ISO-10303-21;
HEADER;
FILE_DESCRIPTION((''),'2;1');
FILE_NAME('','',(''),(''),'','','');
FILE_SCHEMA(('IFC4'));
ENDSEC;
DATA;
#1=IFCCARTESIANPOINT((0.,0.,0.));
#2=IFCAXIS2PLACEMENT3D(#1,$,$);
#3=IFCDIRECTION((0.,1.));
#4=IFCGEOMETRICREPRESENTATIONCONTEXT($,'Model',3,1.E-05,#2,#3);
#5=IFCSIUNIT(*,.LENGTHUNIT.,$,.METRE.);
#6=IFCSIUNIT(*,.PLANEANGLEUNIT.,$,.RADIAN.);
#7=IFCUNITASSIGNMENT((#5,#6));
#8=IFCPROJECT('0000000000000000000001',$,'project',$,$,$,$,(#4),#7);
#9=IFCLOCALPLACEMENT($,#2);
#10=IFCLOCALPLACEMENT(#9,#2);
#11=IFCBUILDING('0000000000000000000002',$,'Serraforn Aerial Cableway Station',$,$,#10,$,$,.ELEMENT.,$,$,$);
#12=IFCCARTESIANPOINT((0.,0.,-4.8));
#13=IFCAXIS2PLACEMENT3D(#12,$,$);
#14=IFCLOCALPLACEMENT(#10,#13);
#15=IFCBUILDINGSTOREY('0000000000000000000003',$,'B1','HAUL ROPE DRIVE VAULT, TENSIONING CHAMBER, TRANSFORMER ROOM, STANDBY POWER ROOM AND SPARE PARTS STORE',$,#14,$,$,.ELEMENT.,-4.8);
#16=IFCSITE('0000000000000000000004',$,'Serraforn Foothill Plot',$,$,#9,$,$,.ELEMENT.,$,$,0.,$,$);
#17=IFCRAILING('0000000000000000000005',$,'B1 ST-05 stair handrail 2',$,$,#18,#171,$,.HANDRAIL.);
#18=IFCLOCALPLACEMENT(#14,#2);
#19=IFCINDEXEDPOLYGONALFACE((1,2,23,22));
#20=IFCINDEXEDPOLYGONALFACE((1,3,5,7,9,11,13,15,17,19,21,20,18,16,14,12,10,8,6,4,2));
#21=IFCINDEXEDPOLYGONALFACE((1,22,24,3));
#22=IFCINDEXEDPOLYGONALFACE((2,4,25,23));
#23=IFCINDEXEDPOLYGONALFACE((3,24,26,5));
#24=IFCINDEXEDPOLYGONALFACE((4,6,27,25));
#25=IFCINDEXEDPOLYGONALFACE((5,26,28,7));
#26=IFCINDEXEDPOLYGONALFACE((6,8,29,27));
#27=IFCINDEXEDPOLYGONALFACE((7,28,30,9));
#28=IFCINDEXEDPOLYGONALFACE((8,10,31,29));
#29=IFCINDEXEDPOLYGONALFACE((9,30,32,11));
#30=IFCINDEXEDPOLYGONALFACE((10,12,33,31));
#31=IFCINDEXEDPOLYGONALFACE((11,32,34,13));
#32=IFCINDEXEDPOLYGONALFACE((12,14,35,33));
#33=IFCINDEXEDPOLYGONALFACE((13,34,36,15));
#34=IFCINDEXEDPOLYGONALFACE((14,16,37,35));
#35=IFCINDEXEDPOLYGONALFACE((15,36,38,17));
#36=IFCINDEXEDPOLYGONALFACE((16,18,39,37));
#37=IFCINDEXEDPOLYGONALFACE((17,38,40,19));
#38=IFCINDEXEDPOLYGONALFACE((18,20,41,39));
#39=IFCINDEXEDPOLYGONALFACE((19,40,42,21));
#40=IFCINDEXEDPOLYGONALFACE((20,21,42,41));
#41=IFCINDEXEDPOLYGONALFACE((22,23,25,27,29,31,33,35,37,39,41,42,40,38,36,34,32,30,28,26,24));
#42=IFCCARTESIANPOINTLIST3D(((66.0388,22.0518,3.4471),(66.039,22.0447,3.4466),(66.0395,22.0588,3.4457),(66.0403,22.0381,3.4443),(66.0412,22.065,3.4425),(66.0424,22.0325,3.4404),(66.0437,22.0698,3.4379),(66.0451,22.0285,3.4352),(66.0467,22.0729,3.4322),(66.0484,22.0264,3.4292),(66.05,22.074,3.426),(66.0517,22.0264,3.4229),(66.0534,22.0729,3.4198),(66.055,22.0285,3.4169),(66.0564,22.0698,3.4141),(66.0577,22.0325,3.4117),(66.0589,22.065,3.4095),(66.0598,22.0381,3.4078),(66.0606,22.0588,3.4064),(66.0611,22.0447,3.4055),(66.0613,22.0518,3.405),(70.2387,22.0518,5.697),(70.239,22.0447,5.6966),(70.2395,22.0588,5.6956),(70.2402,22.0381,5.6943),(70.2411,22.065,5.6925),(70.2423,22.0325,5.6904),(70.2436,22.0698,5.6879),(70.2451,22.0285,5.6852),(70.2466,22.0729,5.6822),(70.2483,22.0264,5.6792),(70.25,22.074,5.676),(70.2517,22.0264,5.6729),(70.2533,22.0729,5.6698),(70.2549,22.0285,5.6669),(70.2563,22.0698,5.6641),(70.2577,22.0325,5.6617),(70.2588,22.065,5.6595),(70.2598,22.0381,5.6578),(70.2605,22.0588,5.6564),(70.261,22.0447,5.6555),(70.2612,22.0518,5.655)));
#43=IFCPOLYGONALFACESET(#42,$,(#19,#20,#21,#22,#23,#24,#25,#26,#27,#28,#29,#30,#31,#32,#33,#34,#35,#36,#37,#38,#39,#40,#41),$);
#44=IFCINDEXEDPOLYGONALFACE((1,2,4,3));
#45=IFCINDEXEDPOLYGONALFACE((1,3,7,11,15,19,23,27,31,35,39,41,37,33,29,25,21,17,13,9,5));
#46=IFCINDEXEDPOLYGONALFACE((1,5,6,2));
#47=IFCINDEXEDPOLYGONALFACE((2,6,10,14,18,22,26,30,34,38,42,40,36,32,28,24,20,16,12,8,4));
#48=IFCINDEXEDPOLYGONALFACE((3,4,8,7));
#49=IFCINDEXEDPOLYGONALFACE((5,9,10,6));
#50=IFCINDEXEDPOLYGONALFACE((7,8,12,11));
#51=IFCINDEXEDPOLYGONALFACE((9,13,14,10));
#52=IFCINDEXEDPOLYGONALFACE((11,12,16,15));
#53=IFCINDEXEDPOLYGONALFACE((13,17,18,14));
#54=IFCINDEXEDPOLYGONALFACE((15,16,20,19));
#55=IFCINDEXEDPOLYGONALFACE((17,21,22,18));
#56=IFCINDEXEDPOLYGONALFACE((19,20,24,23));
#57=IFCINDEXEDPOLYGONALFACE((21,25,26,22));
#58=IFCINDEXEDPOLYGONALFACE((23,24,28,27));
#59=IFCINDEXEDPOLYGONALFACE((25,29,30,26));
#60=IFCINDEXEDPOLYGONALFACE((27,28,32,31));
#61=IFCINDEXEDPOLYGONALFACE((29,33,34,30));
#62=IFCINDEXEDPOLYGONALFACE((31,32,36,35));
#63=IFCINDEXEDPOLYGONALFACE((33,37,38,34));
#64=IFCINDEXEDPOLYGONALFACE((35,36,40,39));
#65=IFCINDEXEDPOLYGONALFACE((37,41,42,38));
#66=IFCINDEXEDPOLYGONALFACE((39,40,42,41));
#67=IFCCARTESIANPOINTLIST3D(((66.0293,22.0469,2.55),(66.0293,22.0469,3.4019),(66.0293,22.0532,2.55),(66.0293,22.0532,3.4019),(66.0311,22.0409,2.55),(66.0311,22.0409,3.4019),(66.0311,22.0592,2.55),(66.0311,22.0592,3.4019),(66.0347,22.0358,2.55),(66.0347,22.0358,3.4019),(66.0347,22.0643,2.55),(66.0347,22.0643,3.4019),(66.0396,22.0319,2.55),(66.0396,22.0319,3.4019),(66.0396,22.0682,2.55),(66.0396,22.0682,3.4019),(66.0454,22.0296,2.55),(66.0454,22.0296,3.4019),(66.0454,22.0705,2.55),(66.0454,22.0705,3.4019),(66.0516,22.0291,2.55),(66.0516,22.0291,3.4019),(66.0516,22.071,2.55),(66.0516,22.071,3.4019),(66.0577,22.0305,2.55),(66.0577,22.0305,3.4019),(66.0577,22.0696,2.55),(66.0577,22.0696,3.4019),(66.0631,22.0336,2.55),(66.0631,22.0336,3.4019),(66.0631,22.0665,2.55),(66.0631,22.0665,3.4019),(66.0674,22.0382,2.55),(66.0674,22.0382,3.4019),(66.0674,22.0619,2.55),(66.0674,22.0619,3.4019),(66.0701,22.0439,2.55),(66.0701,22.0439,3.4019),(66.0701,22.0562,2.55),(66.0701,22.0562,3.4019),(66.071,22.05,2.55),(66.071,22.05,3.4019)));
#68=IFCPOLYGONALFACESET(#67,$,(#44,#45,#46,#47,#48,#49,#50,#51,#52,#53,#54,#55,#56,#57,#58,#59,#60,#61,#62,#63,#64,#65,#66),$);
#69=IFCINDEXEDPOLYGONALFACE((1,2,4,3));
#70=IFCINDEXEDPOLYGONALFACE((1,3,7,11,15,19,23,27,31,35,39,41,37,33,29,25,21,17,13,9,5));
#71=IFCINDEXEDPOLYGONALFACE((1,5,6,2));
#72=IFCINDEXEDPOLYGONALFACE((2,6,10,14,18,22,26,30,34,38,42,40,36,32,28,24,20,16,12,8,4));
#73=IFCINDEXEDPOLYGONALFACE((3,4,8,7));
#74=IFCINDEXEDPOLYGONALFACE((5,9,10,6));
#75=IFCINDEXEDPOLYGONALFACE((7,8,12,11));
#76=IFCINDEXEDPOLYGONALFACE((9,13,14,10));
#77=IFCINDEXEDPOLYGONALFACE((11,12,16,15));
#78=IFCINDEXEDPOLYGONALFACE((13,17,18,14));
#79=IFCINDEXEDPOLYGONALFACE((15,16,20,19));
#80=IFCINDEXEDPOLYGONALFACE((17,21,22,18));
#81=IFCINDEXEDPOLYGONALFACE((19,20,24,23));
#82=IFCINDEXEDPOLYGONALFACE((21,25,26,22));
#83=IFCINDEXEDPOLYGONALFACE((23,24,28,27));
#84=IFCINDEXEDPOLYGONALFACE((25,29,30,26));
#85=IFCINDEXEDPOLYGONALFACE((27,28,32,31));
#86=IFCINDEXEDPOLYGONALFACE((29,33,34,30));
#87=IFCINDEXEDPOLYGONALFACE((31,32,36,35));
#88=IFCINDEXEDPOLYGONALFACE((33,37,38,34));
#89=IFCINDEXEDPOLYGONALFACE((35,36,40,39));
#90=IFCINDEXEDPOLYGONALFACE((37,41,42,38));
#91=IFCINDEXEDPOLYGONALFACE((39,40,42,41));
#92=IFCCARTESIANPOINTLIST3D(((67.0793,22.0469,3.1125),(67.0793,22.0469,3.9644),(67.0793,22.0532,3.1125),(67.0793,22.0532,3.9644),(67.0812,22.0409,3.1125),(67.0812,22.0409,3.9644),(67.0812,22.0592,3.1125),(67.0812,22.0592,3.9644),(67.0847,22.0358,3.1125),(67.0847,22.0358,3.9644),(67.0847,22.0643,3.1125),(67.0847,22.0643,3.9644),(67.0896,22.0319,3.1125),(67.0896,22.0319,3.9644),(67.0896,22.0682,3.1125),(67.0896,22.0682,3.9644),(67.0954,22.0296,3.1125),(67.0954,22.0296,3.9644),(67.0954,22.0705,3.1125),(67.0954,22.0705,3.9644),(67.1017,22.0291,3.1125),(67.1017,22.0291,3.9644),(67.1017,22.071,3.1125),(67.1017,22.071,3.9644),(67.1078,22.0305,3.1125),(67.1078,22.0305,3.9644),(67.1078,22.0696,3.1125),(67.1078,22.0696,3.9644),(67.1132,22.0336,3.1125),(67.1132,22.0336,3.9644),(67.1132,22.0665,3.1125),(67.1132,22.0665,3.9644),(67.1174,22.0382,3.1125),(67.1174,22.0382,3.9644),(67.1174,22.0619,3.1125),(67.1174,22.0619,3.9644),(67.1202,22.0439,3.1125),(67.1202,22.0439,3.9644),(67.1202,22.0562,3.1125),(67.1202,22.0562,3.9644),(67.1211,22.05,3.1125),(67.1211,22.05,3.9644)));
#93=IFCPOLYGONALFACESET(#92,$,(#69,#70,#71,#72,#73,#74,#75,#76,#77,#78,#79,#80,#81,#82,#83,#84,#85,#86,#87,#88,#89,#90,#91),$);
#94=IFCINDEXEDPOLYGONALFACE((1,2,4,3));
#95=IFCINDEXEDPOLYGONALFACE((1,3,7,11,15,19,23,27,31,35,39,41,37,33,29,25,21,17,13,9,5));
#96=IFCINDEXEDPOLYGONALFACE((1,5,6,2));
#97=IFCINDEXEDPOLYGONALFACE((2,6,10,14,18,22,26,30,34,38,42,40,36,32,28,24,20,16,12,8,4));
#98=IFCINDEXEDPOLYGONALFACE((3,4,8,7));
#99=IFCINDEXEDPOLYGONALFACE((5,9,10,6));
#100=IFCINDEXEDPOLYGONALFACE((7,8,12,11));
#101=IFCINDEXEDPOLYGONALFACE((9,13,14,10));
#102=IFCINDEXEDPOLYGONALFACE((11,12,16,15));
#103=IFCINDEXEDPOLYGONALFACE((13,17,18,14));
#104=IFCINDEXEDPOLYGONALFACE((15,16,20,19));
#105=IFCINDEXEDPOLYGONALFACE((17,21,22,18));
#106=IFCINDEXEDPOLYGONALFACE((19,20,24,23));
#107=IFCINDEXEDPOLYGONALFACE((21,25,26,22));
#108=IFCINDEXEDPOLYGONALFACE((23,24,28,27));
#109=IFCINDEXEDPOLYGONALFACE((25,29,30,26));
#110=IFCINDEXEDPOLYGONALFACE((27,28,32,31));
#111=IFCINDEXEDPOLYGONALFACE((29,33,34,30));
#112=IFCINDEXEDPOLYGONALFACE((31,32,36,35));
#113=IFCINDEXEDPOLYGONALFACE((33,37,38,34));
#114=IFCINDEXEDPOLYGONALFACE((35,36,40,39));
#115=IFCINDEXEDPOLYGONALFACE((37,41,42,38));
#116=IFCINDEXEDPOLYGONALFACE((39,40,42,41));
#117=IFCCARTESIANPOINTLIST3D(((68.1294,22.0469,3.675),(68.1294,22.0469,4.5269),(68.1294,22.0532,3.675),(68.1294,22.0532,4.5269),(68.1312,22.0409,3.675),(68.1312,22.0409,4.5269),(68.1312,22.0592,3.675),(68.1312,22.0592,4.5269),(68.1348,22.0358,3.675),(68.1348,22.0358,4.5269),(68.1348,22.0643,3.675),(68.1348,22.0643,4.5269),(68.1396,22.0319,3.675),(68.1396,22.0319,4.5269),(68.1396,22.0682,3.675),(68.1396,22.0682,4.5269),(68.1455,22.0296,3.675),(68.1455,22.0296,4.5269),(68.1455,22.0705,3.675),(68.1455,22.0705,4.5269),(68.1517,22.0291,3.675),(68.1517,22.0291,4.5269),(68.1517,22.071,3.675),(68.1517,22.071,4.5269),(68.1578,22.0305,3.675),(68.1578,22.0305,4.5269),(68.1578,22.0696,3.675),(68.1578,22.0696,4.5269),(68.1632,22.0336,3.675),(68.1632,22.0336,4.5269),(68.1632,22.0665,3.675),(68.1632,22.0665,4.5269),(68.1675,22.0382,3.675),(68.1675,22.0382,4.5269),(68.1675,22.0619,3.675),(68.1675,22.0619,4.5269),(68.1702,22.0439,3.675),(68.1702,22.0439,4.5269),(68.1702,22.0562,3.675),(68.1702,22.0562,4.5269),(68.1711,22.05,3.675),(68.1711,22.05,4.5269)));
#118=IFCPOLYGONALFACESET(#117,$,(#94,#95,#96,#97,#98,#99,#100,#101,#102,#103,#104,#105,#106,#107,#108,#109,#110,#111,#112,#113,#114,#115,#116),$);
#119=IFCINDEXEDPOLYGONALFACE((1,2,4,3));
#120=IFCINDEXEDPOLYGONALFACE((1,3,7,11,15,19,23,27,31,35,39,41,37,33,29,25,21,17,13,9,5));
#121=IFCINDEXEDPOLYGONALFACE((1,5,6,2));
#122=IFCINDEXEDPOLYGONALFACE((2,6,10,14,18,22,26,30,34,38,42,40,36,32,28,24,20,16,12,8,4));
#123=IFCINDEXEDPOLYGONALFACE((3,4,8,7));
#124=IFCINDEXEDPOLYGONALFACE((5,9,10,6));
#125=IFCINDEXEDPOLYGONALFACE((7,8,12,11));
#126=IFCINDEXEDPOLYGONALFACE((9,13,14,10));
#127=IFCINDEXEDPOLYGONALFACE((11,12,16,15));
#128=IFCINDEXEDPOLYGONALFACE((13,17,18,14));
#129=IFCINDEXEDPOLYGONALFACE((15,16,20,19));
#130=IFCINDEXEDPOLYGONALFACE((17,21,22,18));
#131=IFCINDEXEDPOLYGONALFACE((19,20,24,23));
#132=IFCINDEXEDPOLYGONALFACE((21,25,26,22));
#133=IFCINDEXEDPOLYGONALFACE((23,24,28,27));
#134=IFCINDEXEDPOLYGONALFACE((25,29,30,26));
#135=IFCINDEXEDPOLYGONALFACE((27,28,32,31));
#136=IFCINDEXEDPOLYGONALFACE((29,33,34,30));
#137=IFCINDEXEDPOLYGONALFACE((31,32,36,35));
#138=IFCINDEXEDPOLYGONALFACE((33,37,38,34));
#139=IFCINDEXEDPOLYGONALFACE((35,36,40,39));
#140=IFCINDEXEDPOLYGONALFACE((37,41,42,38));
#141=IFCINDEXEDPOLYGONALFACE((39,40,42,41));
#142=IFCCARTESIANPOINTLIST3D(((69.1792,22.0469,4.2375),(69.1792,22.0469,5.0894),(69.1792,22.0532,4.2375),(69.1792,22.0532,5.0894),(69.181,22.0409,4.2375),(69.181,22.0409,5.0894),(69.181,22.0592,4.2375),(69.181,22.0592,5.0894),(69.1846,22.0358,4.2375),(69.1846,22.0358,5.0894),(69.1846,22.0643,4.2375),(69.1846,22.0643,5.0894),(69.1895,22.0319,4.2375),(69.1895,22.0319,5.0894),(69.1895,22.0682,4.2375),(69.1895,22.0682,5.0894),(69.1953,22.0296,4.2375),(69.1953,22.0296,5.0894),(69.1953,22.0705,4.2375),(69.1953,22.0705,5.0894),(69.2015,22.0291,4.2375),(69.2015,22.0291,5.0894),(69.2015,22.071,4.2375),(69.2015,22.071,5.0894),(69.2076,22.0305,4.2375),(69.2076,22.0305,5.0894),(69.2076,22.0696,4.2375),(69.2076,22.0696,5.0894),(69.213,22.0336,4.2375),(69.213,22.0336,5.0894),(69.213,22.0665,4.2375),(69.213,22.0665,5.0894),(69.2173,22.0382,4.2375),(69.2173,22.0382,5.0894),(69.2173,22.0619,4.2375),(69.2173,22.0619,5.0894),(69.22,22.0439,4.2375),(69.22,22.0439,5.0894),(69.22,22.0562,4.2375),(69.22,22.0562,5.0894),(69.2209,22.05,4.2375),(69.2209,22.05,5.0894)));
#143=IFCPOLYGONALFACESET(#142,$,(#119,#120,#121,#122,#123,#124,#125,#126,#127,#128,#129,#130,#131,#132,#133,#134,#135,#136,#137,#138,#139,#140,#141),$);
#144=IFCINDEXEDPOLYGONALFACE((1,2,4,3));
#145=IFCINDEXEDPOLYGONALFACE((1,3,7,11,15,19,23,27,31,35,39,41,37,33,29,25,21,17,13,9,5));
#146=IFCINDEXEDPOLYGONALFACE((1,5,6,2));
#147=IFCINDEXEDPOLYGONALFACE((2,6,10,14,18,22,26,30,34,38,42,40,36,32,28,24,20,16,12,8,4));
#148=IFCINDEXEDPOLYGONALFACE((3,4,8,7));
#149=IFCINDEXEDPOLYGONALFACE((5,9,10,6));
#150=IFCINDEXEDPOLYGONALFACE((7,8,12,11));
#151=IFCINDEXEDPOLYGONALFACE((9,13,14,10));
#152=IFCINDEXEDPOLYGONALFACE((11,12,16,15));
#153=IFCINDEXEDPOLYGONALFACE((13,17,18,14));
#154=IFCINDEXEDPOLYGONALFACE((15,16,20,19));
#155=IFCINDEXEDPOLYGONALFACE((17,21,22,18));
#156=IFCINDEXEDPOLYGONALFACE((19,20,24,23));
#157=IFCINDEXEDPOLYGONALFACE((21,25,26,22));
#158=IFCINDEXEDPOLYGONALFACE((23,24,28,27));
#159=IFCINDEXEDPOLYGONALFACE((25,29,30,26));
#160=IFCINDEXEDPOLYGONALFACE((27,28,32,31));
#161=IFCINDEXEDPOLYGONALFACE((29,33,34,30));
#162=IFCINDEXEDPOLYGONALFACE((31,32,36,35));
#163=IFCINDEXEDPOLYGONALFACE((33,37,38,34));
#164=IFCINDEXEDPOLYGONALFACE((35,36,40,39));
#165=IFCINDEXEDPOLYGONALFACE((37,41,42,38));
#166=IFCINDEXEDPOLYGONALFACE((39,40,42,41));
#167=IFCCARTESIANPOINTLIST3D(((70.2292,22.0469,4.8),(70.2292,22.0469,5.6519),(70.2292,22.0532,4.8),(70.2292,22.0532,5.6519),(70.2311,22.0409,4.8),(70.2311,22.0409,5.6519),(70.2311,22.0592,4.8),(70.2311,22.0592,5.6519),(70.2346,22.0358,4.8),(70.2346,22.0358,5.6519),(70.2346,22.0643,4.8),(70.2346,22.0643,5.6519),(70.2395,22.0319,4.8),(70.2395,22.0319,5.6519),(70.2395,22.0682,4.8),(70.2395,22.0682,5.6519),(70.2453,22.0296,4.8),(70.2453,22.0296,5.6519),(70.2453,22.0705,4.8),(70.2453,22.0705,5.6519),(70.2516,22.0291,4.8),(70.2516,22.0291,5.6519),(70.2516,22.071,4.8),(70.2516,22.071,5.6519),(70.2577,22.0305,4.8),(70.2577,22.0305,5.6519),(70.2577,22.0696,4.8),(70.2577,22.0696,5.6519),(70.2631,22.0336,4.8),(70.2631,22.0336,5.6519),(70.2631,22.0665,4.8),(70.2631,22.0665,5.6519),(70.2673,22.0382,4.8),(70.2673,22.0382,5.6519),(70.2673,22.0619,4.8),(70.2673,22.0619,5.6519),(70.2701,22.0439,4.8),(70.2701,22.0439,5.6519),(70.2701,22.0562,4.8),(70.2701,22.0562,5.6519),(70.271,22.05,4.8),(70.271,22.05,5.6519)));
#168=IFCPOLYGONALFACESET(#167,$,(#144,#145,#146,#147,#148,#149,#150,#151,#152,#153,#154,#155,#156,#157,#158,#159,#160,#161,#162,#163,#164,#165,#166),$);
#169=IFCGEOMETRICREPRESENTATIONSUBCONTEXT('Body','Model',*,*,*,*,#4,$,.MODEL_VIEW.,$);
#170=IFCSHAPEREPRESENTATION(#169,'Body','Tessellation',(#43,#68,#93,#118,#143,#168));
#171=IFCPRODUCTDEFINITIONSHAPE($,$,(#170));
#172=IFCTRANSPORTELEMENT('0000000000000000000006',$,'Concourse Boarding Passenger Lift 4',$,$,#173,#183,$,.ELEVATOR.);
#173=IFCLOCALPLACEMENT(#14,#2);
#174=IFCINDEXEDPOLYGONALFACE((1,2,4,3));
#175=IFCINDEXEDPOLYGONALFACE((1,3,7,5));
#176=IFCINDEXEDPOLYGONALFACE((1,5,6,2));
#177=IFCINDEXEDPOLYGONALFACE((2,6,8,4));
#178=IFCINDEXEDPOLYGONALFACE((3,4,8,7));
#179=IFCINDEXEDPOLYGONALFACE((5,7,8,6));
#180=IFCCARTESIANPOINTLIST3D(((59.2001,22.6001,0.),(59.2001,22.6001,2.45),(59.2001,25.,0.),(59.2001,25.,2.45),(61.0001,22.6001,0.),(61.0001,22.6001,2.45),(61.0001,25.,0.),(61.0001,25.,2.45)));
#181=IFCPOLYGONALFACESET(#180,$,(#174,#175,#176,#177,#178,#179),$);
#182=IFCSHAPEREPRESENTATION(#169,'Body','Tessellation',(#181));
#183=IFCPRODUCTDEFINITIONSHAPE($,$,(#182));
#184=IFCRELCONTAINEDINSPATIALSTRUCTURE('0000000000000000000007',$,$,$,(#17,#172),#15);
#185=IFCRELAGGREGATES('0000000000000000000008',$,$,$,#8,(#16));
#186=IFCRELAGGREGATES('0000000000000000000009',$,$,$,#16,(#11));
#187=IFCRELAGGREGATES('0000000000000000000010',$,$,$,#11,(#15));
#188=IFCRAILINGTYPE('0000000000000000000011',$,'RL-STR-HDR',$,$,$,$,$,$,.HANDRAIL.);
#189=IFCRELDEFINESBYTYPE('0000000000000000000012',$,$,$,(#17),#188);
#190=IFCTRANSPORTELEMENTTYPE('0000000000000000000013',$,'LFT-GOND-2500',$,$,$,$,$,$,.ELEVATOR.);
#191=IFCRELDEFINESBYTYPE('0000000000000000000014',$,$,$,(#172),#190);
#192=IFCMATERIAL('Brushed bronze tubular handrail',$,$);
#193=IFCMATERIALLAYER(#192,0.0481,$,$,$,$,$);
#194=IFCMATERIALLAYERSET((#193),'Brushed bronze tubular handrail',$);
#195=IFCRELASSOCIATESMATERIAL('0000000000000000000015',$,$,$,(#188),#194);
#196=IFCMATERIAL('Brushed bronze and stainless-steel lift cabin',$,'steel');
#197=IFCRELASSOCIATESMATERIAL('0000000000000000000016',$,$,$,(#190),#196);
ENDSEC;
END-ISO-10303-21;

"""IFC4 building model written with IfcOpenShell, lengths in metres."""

from ifc_helpers import new_model, si_unit, direction, frame, origin, origin_2d, place, context, subcontext, project, spatial, rectangle, circle, extrude, material, layer, layer_set, type_object, element, save


model = new_model("IFC4")

# Units and contexts
model_context = context("Model", 3, precision=1e-05, world=origin(), true_north=direction((0.0, 1.0)))
body_context = subcontext(model_context, "Body", "Model", "MODEL_VIEW")
ifc_project = project(units=[si_unit("LENGTHUNIT", "METRE"), si_unit("PLANEANGLEUNIT", "RADIAN")], contexts=[model_context])

# Site, building, storey
site_placement = place(None, origin())
site = spatial("IfcSite", under=ifc_project, at=site_placement, Name="Serraforn Foothill Plot", CompositionType="ELEMENT", RefElevation=0.0)
building_placement = place(site_placement, origin())
building = spatial("IfcBuilding", under=site, at=building_placement, Name="Serraforn Aerial Cableway Station", CompositionType="ELEMENT")
storey_placement = place(building_placement, frame((0.0, 0.0, -4.8)))
storey = spatial("IfcBuildingStorey", under=building, at=storey_placement, Name="B1", Description="HAUL ROPE DRIVE VAULT, TENSIONING CHAMBER, TRANSFORMER ROOM, STANDBY POWER ROOM AND SPARE PARTS STORE", CompositionType="ELEMENT", Elevation=-4.8)

# Railing
ifc_material_1 = material(Name="Brushed bronze tubular handrail")
ifc_layer_1 = layer(ifc_material_1, 0.0481)
ifc_layer_set_1 = layer_set([ifc_layer_1], Name="Brushed bronze tubular handrail")
railing_type_1 = type_object("IfcRailingType", Name="RL-STR-HDR", PredefinedType="HANDRAIL", material=ifc_layer_set_1)
railing_1_placement = place(storey_placement, frame((66.05, 22.05, 2.55)))
element("IfcRailing", 1, at=railing_1_placement, inside=storey, type_object=railing_type_1, Name="B1 ST-05 stair handrail 2", PredefinedType="HANDRAIL", context=body_context, shape_type="SweptSolid", body=[
    extrude(circle(Radius=0.0239, at=origin_2d()), frame((0.0, 0.0, 0.876), z_axis=(0.881478, 0.0, 0.472226), x_axis=(0.0, 1.0, 0.0)), (0.0, 0.0, 1.0), 4.7646),
    extrude(circle(Radius=0.021, at=origin_2d()), origin(), (0.0, 0.0, 1.0), 0.8518),
    extrude(circle(Radius=0.021, at=origin_2d()), frame((1.05, 0.0, 0.5625)), (0.0, 0.0, 1.0), 0.8518),
    extrude(circle(Radius=0.021, at=origin_2d()), frame((2.1001, 0.0, 1.125)), (0.0, 0.0, 1.0), 0.8518),
    extrude(circle(Radius=0.021, at=origin_2d()), frame((3.1499, 0.0, 1.6875)), (0.0, 0.0, 1.0), 0.8518),
    extrude(circle(Radius=0.021, at=origin_2d()), frame((4.2, 0.0, 2.25)), (0.0, 0.0, 1.0), 0.8518),
])

# Transport element
ifc_material_2 = material(Name="Brushed bronze and stainless-steel lift cabin", Category="steel")
transport_element_type = type_object("IfcTransportElementType", Name="LFT-GOND-2500", PredefinedType="ELEVATOR", material=ifc_material_2)
transport_element_placement = place(storey_placement, frame((60.1001, 23.8, 0.0), z_axis=(0.0, 0.0, 1.0), x_axis=(1.0, 0.0, 0.0)))
element("IfcTransportElement", 2, at=transport_element_placement, inside=storey, type_object=transport_element_type, Name="Concourse Boarding Passenger Lift 4", PredefinedType="ELEVATOR", context=body_context, shape_type="SweptSolid", body=[
    extrude(rectangle(XDim=1.8, YDim=2.3999, at=origin_2d()), origin(), (0.0, 0.0, 1.0), 2.45),
])

save(model, "model.ifc")
